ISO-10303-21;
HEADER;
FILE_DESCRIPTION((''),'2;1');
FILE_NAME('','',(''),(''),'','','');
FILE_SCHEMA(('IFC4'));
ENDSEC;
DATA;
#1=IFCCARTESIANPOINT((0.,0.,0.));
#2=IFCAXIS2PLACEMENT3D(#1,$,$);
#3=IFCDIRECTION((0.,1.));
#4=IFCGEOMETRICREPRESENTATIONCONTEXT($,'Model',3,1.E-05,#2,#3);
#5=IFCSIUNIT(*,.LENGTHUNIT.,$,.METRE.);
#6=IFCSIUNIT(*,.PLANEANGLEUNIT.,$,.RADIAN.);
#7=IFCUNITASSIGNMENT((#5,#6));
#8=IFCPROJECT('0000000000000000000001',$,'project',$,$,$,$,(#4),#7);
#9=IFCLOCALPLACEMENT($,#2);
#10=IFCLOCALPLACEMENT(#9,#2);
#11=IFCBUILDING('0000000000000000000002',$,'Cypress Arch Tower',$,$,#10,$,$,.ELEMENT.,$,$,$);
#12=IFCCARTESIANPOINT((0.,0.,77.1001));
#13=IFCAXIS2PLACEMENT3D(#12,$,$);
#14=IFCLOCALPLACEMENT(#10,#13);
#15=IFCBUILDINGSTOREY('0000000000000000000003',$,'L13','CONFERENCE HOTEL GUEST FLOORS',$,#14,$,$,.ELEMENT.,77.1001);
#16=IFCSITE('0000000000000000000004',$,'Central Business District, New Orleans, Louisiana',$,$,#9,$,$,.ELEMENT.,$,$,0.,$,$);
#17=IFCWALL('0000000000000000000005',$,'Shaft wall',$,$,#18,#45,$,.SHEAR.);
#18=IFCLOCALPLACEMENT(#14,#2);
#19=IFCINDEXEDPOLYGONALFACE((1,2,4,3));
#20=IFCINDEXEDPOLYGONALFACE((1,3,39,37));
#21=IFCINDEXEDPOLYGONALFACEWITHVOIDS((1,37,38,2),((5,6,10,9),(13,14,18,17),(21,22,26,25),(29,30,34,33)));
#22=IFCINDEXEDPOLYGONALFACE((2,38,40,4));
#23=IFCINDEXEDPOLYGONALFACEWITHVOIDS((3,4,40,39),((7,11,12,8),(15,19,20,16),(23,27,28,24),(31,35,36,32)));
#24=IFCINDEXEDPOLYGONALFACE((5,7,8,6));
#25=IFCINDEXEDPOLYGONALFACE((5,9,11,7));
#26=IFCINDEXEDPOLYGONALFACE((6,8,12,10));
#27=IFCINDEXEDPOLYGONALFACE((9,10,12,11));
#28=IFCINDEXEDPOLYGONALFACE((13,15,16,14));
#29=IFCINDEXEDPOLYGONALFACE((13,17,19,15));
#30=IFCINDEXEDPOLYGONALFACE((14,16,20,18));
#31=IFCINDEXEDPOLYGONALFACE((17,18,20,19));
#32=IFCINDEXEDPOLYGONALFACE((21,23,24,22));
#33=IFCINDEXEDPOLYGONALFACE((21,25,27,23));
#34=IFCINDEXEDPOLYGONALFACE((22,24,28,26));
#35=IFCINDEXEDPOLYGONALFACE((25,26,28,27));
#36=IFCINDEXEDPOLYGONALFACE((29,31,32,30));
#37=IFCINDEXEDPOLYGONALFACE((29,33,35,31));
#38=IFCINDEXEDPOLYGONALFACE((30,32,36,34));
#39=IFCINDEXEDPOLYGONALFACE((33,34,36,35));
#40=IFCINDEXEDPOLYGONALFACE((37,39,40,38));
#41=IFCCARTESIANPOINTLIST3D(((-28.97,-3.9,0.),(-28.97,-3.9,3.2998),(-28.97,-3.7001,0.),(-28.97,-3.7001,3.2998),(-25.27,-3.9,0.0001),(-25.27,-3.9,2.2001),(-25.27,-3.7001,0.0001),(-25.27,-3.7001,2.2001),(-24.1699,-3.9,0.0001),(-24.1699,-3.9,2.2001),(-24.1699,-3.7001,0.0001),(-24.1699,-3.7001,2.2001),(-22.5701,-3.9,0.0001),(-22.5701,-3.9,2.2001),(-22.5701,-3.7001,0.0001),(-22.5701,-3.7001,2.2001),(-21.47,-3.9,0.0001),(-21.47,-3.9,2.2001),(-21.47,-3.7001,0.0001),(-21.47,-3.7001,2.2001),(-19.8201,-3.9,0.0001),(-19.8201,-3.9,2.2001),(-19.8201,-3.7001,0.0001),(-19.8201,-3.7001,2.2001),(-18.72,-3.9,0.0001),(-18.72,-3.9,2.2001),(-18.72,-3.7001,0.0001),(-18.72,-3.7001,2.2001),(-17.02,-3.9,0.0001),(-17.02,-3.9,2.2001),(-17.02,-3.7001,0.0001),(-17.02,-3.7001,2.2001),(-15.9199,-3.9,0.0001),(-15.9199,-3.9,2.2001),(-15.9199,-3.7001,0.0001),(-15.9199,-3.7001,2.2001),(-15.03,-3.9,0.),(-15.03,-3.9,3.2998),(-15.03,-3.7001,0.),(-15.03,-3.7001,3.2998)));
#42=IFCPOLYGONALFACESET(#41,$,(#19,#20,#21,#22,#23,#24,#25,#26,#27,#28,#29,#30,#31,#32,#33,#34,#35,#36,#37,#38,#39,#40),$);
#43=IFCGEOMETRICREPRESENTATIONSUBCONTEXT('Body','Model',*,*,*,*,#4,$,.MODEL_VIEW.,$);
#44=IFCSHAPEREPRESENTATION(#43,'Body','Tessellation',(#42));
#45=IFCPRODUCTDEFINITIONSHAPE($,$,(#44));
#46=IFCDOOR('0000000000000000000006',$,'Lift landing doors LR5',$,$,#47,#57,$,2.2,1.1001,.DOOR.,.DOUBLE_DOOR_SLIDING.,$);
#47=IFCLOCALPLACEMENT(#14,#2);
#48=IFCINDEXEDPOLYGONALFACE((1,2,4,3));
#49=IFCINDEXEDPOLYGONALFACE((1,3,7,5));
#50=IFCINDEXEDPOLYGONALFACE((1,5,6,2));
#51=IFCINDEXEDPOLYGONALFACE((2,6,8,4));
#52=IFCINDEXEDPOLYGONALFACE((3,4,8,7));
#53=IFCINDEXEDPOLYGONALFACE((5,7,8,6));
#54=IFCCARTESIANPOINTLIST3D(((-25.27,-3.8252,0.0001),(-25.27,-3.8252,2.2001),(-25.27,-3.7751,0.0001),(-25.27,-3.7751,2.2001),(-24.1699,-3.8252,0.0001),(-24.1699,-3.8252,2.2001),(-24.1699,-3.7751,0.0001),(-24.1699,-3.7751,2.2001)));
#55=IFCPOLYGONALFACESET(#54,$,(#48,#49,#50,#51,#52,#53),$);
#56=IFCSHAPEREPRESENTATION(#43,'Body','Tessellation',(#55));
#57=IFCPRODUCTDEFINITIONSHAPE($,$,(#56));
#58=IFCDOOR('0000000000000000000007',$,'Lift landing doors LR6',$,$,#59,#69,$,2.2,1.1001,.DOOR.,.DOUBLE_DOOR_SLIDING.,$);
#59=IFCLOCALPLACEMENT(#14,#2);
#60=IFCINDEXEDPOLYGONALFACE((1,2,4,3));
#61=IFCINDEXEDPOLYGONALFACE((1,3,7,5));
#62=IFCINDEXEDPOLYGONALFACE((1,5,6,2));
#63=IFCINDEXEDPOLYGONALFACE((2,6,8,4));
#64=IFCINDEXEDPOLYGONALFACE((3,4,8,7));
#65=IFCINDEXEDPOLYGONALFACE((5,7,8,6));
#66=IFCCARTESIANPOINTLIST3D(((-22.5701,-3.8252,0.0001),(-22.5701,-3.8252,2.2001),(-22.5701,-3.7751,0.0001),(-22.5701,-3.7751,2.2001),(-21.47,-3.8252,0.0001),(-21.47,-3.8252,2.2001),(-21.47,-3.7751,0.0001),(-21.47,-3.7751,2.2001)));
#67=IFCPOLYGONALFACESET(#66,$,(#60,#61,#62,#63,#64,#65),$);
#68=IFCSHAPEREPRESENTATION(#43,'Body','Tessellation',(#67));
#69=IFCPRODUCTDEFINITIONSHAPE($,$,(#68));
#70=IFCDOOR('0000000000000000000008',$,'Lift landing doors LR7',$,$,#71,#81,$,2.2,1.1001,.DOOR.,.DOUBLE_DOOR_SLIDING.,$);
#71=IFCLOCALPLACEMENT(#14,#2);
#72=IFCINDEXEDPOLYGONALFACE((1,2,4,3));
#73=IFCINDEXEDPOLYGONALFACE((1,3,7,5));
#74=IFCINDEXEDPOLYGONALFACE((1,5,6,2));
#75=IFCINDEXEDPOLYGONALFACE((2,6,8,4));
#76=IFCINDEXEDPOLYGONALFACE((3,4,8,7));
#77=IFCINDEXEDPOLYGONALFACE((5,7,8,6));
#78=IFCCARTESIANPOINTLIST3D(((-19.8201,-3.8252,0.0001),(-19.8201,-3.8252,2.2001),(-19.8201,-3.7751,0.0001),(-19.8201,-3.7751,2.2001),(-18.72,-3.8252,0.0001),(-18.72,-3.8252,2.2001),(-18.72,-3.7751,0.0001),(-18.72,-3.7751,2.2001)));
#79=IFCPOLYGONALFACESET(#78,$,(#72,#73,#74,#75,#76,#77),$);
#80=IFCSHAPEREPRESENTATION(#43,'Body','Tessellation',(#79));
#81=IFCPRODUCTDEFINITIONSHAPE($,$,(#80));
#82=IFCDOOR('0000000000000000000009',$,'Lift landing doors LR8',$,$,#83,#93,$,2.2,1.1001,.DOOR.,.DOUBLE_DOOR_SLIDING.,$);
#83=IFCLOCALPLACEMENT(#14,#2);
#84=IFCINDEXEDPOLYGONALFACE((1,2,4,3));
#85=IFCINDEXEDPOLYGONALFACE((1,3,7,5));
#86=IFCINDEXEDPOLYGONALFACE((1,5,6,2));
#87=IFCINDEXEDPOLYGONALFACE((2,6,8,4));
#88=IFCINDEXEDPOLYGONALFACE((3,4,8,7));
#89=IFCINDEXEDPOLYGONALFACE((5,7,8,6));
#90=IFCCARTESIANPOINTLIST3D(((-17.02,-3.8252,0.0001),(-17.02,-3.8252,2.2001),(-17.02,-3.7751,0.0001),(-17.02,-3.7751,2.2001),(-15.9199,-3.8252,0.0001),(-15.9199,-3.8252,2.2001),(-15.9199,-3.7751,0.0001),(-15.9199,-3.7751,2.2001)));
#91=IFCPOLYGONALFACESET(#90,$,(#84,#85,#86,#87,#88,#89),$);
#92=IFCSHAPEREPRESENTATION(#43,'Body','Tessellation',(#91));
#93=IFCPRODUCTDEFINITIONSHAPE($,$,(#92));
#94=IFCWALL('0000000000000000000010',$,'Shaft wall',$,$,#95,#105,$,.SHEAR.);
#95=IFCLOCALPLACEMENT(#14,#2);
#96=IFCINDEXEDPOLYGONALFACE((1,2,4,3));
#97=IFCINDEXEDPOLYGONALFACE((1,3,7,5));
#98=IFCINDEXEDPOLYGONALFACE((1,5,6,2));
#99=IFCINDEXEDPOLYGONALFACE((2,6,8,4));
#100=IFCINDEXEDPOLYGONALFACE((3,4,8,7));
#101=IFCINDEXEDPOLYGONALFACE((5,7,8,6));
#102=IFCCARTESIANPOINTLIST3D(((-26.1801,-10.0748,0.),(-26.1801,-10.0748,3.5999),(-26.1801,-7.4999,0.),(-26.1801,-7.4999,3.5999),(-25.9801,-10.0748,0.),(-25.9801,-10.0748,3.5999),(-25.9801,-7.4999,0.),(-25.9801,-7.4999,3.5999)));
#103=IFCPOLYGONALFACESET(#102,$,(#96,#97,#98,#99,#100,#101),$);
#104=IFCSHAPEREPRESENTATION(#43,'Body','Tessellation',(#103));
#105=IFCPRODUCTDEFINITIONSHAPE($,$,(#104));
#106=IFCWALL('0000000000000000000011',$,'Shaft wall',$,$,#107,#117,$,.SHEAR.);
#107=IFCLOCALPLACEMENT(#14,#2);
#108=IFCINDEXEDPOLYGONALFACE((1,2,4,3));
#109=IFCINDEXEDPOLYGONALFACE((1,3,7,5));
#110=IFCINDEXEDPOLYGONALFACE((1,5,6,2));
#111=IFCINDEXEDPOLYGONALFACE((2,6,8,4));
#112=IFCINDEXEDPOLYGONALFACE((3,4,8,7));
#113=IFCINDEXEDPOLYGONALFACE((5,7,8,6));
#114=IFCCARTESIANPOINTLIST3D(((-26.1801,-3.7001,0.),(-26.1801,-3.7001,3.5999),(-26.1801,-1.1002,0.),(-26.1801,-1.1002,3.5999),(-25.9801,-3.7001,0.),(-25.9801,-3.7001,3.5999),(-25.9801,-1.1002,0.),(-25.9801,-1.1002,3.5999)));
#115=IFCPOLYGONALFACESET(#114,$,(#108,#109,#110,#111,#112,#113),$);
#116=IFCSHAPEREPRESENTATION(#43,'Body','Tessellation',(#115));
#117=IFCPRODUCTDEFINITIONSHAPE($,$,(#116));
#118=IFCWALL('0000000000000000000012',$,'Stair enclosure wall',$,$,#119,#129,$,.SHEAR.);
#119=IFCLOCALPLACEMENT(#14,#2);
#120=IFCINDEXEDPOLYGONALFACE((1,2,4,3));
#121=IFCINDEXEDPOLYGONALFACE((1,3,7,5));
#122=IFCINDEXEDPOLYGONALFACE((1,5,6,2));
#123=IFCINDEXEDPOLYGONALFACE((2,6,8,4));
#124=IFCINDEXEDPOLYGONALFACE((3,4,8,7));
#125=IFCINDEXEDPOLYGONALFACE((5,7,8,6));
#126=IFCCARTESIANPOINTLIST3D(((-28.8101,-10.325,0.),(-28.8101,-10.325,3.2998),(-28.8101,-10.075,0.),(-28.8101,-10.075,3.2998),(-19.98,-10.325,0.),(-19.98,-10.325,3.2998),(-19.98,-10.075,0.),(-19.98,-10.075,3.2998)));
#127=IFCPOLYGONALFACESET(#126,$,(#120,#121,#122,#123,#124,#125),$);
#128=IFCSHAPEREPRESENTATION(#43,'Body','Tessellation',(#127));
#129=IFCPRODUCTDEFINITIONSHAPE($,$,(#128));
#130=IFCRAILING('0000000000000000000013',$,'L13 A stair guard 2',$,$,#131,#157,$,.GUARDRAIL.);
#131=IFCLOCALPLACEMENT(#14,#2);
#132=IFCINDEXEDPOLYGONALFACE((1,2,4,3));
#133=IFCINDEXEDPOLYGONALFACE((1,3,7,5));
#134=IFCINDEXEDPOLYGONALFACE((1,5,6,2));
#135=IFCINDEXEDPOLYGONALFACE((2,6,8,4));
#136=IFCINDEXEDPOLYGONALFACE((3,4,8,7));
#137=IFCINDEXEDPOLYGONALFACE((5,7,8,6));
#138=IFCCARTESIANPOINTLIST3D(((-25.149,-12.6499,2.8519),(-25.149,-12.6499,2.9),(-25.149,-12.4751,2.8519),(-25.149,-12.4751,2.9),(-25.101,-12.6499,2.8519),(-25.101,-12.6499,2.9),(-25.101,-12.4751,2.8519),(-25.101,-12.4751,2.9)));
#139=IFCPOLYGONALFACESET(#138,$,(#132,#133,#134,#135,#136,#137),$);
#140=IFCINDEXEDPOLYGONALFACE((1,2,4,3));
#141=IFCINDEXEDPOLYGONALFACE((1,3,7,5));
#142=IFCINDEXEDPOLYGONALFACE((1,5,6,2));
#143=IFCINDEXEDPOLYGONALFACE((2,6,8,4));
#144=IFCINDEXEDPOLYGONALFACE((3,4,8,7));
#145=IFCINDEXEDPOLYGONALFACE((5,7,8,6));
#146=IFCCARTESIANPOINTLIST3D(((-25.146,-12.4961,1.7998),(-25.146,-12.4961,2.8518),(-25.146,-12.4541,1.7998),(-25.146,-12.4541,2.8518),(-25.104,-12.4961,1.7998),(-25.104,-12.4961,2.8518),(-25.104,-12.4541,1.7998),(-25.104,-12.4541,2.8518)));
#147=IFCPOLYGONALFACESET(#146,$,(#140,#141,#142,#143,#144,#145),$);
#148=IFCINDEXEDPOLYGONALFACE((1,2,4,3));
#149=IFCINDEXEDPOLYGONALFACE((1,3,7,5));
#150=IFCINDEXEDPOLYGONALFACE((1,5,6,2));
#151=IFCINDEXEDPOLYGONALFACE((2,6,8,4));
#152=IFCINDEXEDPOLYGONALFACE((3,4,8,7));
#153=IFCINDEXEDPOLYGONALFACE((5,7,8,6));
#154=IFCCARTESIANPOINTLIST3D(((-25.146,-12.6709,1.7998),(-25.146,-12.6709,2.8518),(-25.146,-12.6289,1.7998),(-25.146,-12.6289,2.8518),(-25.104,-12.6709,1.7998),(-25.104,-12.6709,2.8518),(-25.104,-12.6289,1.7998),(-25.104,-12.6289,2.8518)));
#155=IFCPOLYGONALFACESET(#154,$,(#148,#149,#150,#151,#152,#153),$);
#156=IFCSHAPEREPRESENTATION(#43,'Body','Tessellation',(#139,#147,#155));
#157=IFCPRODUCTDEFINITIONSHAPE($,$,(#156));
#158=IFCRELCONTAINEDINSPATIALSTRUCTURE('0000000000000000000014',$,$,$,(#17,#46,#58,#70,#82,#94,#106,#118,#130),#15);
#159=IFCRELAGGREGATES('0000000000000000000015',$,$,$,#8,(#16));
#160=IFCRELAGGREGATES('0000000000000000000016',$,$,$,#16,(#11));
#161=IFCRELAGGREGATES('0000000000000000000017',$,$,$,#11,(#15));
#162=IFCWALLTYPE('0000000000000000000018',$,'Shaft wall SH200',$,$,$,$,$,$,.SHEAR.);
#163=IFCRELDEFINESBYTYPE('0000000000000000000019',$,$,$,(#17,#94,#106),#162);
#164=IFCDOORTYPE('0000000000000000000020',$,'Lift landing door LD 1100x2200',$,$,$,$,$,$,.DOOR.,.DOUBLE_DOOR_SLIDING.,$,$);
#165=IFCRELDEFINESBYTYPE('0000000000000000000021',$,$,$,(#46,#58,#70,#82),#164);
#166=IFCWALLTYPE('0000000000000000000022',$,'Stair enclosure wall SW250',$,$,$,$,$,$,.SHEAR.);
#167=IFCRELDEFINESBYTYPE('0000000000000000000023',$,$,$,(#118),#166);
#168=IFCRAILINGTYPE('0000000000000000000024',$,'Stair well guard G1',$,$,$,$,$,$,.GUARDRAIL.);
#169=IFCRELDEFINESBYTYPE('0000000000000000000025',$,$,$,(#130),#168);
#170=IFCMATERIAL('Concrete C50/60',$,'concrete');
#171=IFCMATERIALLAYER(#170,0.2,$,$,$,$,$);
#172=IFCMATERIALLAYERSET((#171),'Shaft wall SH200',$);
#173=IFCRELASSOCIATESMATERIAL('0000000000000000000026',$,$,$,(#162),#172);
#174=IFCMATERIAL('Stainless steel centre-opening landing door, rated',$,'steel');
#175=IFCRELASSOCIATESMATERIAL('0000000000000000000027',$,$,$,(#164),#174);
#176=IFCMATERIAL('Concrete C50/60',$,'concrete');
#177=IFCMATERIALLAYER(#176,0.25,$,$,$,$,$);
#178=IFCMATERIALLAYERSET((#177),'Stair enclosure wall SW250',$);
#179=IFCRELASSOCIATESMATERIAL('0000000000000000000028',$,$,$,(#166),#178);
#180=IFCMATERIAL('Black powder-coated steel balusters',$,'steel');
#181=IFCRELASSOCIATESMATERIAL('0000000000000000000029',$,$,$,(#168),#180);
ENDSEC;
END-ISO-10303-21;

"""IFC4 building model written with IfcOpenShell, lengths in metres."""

from ifc_helpers import new_model, si_unit, direction, frame, frame_2d, origin, origin_2d, place, context, subcontext, project, spatial, rectangle, extrude, material, layer, layer_set, type_object, element, fill, save


model = new_model("IFC4")

# Units and contexts
model_context = context("Model", 3, precision=1e-05, world=origin(), true_north=direction((0.0, 1.0)))
body_context = subcontext(model_context, "Body", "Model", "MODEL_VIEW")
ifc_project = project(units=[si_unit("LENGTHUNIT", "METRE"), si_unit("PLANEANGLEUNIT", "RADIAN")], contexts=[model_context])

# Site, building, storey
site_placement = place(None, origin())
site = spatial("IfcSite", under=ifc_project, at=site_placement, Name="Central Business District, New Orleans, Louisiana", CompositionType="ELEMENT", RefElevation=0.0)
building_placement = place(site_placement, origin())
building = spatial("IfcBuilding", under=site, at=building_placement, Name="Cypress Arch Tower", CompositionType="ELEMENT")
storey_placement = place(building_placement, frame((0.0, 0.0, 77.1001)))
storey = spatial("IfcBuildingStorey", under=building, at=storey_placement, Name="L13", Description="CONFERENCE HOTEL GUEST FLOORS", CompositionType="ELEMENT", Elevation=77.1001)

# Wall, openings, doors
ifc_material_1 = material(Name="Concrete C50/60", Category="concrete")
ifc_layer_1 = layer(ifc_material_1, 0.2)
ifc_layer_set_1 = layer_set([ifc_layer_1], Name="Shaft wall SH200")
wall_type_1 = type_object("IfcWallType", Name="Shaft wall SH200", PredefinedType="SHEAR", material=ifc_layer_set_1)
ifc_material_2 = material(Name="Stainless steel centre-opening landing door, rated", Category="steel")
door_type_1 = type_object("IfcDoorType", Name="Lift landing door LD 1100x2200", OperationType="DOUBLE_DOOR_SLIDING", PredefinedType="DOOR", material=ifc_material_2)
wall_1_placement = place(storey_placement, frame((-28.97, -3.8, 0.0), z_axis=(0.0, 0.0, 1.0), x_axis=(1.0, 0.0, 0.0)))
wall_1 = element("IfcWall", 1, at=wall_1_placement, inside=storey, type_object=wall_type_1, Name="Shaft wall", PredefinedType="SHEAR", context=body_context, shape_type="SweptSolid", body=[
    extrude(rectangle(XDim=13.9399, YDim=0.2, at=frame_2d((6.97, 0.0))), origin(), (0.0, 0.0, 1.0), 3.2998),
])
opening_1_placement = place(wall_1_placement, frame((3.7, 0.0, 0.0)))
opening_1 = element("IfcOpeningElement", 2, at=opening_1_placement, cuts=wall_1, PredefinedType="OPENING", context=body_context, shape_type="SweptSolid", body=[
    extrude(rectangle(XDim=1.1001, YDim=2.2, at=frame_2d((0.55, 1.1001))), frame((0.0, 0.1099, 0.0), z_axis=(0.0, -1.0, 0.0), x_axis=(1.0, 0.0, 0.0)), (0.0, 0.0, 1.0), 0.22),
])
opening_2_placement = place(wall_1_placement, frame((6.3999, 0.0, 0.0)))
opening_2 = element("IfcOpeningElement", 3, at=opening_2_placement, cuts=wall_1, PredefinedType="OPENING", context=body_context, shape_type="SweptSolid", body=[
    extrude(rectangle(XDim=1.1001, YDim=2.2, at=frame_2d((0.55, 1.1001))), frame((0.0, 0.1099, 0.0), z_axis=(0.0, -1.0, 0.0), x_axis=(1.0, 0.0, 0.0)), (0.0, 0.0, 1.0), 0.22),
])
opening_3_placement = place(wall_1_placement, frame((9.1499, 0.0, 0.0)))
opening_3 = element("IfcOpeningElement", 4, at=opening_3_placement, cuts=wall_1, PredefinedType="OPENING", context=body_context, shape_type="SweptSolid", body=[
    extrude(rectangle(XDim=1.1001, YDim=2.2, at=frame_2d((0.55, 1.1001))), frame((0.0, 0.1099, 0.0), z_axis=(0.0, -1.0, 0.0), x_axis=(1.0, 0.0, 0.0)), (0.0, 0.0, 1.0), 0.22),
])
opening_4_placement = place(wall_1_placement, frame((11.95, 0.0, 0.0)))
opening_4 = element("IfcOpeningElement", 5, at=opening_4_placement, cuts=wall_1, PredefinedType="OPENING", context=body_context, shape_type="SweptSolid", body=[
    extrude(rectangle(XDim=1.1001, YDim=2.2, at=frame_2d((0.55, 1.1001))), frame((0.0, 0.1099, 0.0), z_axis=(0.0, -1.0, 0.0), x_axis=(1.0, 0.0, 0.0)), (0.0, 0.0, 1.0), 0.22),
])
door_1_placement = place(opening_1_placement, origin())
door_1 = element("IfcDoor", 6, at=door_1_placement, inside=storey, type_object=door_type_1, Name="Lift landing doors LR5", OperationType="DOUBLE_DOOR_SLIDING", OverallHeight=2.2, OverallWidth=1.1001, PredefinedType="DOOR", context=body_context, shape_type="SweptSolid", body=[
    extrude(rectangle(XDim=1.1001, YDim=2.2, at=frame_2d((0.55, 1.1001))), frame((0.0, 0.0249, 0.0), z_axis=(0.0, -1.0, 0.0), x_axis=(1.0, 0.0, 0.0)), (0.0, 0.0, 1.0), 0.05),
])
fill(opening_1, door_1)
door_2_placement = place(opening_2_placement, origin())
door_2 = element("IfcDoor", 7, at=door_2_placement, inside=storey, type_object=door_type_1, Name="Lift landing doors LR6", OperationType="DOUBLE_DOOR_SLIDING", OverallHeight=2.2, OverallWidth=1.1001, PredefinedType="DOOR", context=body_context, shape_type="SweptSolid", body=[
    extrude(rectangle(XDim=1.1001, YDim=2.2, at=frame_2d((0.55, 1.1001))), frame((0.0, 0.0249, 0.0), z_axis=(0.0, -1.0, 0.0), x_axis=(1.0, 0.0, 0.0)), (0.0, 0.0, 1.0), 0.05),
])
fill(opening_2, door_2)
door_3_placement = place(opening_3_placement, origin())
door_3 = element("IfcDoor", 8, at=door_3_placement, inside=storey, type_object=door_type_1, Name="Lift landing doors LR7", OperationType="DOUBLE_DOOR_SLIDING", OverallHeight=2.2, OverallWidth=1.1001, PredefinedType="DOOR", context=body_context, shape_type="SweptSolid", body=[
    extrude(rectangle(XDim=1.1001, YDim=2.2, at=frame_2d((0.55, 1.1001))), frame((0.0, 0.0249, 0.0), z_axis=(0.0, -1.0, 0.0), x_axis=(1.0, 0.0, 0.0)), (0.0, 0.0, 1.0), 0.05),
])
fill(opening_3, door_3)
door_4_placement = place(opening_4_placement, origin())
door_4 = element("IfcDoor", 9, at=door_4_placement, inside=storey, type_object=door_type_1, Name="Lift landing doors LR8", OperationType="DOUBLE_DOOR_SLIDING", OverallHeight=2.2, OverallWidth=1.1001, PredefinedType="DOOR", context=body_context, shape_type="SweptSolid", body=[
    extrude(rectangle(XDim=1.1001, YDim=2.2, at=frame_2d((0.55, 1.1001))), frame((0.0, 0.0249, 0.0), z_axis=(0.0, -1.0, 0.0), x_axis=(1.0, 0.0, 0.0)), (0.0, 0.0, 1.0), 0.05),
])
fill(opening_4, door_4)

# Walls
wall_2_placement = place(storey_placement, frame((-26.0801, -10.075, 0.0), z_axis=(0.0, 0.0, 1.0), x_axis=(0.0, 1.0, 0.0)))
element("IfcWall", 10, at=wall_2_placement, inside=storey, type_object=wall_type_1, Name="Shaft wall", PredefinedType="SHEAR", context=body_context, shape_type="SweptSolid", body=[
    extrude(rectangle(XDim=2.575, YDim=0.2, at=frame_2d((1.2876, 0.0))), origin(), (0.0, 0.0, 1.0), 3.5999),
])
wall_3_placement = place(storey_placement, frame((-26.0801, -3.7, 0.0), z_axis=(0.0, 0.0, 1.0), x_axis=(0.0, 1.0, 0.0)))
element("IfcWall", 11, at=wall_3_placement, inside=storey, type_object=wall_type_1, Name="Shaft wall", PredefinedType="SHEAR", context=body_context, shape_type="SweptSolid", body=[
    extrude(rectangle(XDim=2.5999, YDim=0.2, at=frame_2d((1.2998, 0.0))), origin(), (0.0, 0.0, 1.0), 3.5999),
])
ifc_material_3 = material(Name="Concrete C50/60", Category="concrete")
ifc_layer_2 = layer(ifc_material_3, 0.25)
ifc_layer_set_2 = layer_set([ifc_layer_2], Name="Stair enclosure wall SW250")
wall_type_2 = type_object("IfcWallType", Name="Stair enclosure wall SW250", PredefinedType="SHEAR", material=ifc_layer_set_2)
wall_4_placement = place(storey_placement, frame((-28.8101, -10.2, 0.0), z_axis=(0.0, 0.0, 1.0), x_axis=(1.0, 0.0, 0.0)))
element("IfcWall", 12, at=wall_4_placement, inside=storey, type_object=wall_type_2, Name="Stair enclosure wall", PredefinedType="SHEAR", context=body_context, shape_type="SweptSolid", body=[
    extrude(rectangle(XDim=8.8301, YDim=0.25, at=frame_2d((4.415, 0.0))), origin(), (0.0, 0.0, 1.0), 3.2998),
])

# Railing
ifc_material_4 = material(Name="Black powder-coated steel balusters", Category="steel")
railing_type = type_object("IfcRailingType", Name="Stair well guard G1", PredefinedType="GUARDRAIL", material=ifc_material_4)
railing_placement = place(storey_placement, frame((-25.125, -12.4751, 1.7998)))
element("IfcRailing", 13, at=railing_placement, inside=storey, type_object=railing_type, Name="L13 A stair guard 2", PredefinedType="GUARDRAIL", context=body_context, shape_type="SweptSolid", body=[
    extrude(rectangle(XDim=0.0481, YDim=0.0481, at=origin_2d()), frame((0.0, 0.0, 1.0762), z_axis=(0.0, -1.0, 0.0), x_axis=(1.0, 0.0, 0.0)), (0.0, 0.0, 1.0), 0.1748),
    extrude(rectangle(XDim=0.042, YDim=0.042, at=origin_2d()), origin(), (0.0, 0.0, 1.0), 1.052),
    extrude(rectangle(XDim=0.042, YDim=0.042, at=origin_2d()), frame((0.0, -0.1748, 0.0)), (0.0, 0.0, 1.0), 1.052),
])

save(model, "model.ifc")
